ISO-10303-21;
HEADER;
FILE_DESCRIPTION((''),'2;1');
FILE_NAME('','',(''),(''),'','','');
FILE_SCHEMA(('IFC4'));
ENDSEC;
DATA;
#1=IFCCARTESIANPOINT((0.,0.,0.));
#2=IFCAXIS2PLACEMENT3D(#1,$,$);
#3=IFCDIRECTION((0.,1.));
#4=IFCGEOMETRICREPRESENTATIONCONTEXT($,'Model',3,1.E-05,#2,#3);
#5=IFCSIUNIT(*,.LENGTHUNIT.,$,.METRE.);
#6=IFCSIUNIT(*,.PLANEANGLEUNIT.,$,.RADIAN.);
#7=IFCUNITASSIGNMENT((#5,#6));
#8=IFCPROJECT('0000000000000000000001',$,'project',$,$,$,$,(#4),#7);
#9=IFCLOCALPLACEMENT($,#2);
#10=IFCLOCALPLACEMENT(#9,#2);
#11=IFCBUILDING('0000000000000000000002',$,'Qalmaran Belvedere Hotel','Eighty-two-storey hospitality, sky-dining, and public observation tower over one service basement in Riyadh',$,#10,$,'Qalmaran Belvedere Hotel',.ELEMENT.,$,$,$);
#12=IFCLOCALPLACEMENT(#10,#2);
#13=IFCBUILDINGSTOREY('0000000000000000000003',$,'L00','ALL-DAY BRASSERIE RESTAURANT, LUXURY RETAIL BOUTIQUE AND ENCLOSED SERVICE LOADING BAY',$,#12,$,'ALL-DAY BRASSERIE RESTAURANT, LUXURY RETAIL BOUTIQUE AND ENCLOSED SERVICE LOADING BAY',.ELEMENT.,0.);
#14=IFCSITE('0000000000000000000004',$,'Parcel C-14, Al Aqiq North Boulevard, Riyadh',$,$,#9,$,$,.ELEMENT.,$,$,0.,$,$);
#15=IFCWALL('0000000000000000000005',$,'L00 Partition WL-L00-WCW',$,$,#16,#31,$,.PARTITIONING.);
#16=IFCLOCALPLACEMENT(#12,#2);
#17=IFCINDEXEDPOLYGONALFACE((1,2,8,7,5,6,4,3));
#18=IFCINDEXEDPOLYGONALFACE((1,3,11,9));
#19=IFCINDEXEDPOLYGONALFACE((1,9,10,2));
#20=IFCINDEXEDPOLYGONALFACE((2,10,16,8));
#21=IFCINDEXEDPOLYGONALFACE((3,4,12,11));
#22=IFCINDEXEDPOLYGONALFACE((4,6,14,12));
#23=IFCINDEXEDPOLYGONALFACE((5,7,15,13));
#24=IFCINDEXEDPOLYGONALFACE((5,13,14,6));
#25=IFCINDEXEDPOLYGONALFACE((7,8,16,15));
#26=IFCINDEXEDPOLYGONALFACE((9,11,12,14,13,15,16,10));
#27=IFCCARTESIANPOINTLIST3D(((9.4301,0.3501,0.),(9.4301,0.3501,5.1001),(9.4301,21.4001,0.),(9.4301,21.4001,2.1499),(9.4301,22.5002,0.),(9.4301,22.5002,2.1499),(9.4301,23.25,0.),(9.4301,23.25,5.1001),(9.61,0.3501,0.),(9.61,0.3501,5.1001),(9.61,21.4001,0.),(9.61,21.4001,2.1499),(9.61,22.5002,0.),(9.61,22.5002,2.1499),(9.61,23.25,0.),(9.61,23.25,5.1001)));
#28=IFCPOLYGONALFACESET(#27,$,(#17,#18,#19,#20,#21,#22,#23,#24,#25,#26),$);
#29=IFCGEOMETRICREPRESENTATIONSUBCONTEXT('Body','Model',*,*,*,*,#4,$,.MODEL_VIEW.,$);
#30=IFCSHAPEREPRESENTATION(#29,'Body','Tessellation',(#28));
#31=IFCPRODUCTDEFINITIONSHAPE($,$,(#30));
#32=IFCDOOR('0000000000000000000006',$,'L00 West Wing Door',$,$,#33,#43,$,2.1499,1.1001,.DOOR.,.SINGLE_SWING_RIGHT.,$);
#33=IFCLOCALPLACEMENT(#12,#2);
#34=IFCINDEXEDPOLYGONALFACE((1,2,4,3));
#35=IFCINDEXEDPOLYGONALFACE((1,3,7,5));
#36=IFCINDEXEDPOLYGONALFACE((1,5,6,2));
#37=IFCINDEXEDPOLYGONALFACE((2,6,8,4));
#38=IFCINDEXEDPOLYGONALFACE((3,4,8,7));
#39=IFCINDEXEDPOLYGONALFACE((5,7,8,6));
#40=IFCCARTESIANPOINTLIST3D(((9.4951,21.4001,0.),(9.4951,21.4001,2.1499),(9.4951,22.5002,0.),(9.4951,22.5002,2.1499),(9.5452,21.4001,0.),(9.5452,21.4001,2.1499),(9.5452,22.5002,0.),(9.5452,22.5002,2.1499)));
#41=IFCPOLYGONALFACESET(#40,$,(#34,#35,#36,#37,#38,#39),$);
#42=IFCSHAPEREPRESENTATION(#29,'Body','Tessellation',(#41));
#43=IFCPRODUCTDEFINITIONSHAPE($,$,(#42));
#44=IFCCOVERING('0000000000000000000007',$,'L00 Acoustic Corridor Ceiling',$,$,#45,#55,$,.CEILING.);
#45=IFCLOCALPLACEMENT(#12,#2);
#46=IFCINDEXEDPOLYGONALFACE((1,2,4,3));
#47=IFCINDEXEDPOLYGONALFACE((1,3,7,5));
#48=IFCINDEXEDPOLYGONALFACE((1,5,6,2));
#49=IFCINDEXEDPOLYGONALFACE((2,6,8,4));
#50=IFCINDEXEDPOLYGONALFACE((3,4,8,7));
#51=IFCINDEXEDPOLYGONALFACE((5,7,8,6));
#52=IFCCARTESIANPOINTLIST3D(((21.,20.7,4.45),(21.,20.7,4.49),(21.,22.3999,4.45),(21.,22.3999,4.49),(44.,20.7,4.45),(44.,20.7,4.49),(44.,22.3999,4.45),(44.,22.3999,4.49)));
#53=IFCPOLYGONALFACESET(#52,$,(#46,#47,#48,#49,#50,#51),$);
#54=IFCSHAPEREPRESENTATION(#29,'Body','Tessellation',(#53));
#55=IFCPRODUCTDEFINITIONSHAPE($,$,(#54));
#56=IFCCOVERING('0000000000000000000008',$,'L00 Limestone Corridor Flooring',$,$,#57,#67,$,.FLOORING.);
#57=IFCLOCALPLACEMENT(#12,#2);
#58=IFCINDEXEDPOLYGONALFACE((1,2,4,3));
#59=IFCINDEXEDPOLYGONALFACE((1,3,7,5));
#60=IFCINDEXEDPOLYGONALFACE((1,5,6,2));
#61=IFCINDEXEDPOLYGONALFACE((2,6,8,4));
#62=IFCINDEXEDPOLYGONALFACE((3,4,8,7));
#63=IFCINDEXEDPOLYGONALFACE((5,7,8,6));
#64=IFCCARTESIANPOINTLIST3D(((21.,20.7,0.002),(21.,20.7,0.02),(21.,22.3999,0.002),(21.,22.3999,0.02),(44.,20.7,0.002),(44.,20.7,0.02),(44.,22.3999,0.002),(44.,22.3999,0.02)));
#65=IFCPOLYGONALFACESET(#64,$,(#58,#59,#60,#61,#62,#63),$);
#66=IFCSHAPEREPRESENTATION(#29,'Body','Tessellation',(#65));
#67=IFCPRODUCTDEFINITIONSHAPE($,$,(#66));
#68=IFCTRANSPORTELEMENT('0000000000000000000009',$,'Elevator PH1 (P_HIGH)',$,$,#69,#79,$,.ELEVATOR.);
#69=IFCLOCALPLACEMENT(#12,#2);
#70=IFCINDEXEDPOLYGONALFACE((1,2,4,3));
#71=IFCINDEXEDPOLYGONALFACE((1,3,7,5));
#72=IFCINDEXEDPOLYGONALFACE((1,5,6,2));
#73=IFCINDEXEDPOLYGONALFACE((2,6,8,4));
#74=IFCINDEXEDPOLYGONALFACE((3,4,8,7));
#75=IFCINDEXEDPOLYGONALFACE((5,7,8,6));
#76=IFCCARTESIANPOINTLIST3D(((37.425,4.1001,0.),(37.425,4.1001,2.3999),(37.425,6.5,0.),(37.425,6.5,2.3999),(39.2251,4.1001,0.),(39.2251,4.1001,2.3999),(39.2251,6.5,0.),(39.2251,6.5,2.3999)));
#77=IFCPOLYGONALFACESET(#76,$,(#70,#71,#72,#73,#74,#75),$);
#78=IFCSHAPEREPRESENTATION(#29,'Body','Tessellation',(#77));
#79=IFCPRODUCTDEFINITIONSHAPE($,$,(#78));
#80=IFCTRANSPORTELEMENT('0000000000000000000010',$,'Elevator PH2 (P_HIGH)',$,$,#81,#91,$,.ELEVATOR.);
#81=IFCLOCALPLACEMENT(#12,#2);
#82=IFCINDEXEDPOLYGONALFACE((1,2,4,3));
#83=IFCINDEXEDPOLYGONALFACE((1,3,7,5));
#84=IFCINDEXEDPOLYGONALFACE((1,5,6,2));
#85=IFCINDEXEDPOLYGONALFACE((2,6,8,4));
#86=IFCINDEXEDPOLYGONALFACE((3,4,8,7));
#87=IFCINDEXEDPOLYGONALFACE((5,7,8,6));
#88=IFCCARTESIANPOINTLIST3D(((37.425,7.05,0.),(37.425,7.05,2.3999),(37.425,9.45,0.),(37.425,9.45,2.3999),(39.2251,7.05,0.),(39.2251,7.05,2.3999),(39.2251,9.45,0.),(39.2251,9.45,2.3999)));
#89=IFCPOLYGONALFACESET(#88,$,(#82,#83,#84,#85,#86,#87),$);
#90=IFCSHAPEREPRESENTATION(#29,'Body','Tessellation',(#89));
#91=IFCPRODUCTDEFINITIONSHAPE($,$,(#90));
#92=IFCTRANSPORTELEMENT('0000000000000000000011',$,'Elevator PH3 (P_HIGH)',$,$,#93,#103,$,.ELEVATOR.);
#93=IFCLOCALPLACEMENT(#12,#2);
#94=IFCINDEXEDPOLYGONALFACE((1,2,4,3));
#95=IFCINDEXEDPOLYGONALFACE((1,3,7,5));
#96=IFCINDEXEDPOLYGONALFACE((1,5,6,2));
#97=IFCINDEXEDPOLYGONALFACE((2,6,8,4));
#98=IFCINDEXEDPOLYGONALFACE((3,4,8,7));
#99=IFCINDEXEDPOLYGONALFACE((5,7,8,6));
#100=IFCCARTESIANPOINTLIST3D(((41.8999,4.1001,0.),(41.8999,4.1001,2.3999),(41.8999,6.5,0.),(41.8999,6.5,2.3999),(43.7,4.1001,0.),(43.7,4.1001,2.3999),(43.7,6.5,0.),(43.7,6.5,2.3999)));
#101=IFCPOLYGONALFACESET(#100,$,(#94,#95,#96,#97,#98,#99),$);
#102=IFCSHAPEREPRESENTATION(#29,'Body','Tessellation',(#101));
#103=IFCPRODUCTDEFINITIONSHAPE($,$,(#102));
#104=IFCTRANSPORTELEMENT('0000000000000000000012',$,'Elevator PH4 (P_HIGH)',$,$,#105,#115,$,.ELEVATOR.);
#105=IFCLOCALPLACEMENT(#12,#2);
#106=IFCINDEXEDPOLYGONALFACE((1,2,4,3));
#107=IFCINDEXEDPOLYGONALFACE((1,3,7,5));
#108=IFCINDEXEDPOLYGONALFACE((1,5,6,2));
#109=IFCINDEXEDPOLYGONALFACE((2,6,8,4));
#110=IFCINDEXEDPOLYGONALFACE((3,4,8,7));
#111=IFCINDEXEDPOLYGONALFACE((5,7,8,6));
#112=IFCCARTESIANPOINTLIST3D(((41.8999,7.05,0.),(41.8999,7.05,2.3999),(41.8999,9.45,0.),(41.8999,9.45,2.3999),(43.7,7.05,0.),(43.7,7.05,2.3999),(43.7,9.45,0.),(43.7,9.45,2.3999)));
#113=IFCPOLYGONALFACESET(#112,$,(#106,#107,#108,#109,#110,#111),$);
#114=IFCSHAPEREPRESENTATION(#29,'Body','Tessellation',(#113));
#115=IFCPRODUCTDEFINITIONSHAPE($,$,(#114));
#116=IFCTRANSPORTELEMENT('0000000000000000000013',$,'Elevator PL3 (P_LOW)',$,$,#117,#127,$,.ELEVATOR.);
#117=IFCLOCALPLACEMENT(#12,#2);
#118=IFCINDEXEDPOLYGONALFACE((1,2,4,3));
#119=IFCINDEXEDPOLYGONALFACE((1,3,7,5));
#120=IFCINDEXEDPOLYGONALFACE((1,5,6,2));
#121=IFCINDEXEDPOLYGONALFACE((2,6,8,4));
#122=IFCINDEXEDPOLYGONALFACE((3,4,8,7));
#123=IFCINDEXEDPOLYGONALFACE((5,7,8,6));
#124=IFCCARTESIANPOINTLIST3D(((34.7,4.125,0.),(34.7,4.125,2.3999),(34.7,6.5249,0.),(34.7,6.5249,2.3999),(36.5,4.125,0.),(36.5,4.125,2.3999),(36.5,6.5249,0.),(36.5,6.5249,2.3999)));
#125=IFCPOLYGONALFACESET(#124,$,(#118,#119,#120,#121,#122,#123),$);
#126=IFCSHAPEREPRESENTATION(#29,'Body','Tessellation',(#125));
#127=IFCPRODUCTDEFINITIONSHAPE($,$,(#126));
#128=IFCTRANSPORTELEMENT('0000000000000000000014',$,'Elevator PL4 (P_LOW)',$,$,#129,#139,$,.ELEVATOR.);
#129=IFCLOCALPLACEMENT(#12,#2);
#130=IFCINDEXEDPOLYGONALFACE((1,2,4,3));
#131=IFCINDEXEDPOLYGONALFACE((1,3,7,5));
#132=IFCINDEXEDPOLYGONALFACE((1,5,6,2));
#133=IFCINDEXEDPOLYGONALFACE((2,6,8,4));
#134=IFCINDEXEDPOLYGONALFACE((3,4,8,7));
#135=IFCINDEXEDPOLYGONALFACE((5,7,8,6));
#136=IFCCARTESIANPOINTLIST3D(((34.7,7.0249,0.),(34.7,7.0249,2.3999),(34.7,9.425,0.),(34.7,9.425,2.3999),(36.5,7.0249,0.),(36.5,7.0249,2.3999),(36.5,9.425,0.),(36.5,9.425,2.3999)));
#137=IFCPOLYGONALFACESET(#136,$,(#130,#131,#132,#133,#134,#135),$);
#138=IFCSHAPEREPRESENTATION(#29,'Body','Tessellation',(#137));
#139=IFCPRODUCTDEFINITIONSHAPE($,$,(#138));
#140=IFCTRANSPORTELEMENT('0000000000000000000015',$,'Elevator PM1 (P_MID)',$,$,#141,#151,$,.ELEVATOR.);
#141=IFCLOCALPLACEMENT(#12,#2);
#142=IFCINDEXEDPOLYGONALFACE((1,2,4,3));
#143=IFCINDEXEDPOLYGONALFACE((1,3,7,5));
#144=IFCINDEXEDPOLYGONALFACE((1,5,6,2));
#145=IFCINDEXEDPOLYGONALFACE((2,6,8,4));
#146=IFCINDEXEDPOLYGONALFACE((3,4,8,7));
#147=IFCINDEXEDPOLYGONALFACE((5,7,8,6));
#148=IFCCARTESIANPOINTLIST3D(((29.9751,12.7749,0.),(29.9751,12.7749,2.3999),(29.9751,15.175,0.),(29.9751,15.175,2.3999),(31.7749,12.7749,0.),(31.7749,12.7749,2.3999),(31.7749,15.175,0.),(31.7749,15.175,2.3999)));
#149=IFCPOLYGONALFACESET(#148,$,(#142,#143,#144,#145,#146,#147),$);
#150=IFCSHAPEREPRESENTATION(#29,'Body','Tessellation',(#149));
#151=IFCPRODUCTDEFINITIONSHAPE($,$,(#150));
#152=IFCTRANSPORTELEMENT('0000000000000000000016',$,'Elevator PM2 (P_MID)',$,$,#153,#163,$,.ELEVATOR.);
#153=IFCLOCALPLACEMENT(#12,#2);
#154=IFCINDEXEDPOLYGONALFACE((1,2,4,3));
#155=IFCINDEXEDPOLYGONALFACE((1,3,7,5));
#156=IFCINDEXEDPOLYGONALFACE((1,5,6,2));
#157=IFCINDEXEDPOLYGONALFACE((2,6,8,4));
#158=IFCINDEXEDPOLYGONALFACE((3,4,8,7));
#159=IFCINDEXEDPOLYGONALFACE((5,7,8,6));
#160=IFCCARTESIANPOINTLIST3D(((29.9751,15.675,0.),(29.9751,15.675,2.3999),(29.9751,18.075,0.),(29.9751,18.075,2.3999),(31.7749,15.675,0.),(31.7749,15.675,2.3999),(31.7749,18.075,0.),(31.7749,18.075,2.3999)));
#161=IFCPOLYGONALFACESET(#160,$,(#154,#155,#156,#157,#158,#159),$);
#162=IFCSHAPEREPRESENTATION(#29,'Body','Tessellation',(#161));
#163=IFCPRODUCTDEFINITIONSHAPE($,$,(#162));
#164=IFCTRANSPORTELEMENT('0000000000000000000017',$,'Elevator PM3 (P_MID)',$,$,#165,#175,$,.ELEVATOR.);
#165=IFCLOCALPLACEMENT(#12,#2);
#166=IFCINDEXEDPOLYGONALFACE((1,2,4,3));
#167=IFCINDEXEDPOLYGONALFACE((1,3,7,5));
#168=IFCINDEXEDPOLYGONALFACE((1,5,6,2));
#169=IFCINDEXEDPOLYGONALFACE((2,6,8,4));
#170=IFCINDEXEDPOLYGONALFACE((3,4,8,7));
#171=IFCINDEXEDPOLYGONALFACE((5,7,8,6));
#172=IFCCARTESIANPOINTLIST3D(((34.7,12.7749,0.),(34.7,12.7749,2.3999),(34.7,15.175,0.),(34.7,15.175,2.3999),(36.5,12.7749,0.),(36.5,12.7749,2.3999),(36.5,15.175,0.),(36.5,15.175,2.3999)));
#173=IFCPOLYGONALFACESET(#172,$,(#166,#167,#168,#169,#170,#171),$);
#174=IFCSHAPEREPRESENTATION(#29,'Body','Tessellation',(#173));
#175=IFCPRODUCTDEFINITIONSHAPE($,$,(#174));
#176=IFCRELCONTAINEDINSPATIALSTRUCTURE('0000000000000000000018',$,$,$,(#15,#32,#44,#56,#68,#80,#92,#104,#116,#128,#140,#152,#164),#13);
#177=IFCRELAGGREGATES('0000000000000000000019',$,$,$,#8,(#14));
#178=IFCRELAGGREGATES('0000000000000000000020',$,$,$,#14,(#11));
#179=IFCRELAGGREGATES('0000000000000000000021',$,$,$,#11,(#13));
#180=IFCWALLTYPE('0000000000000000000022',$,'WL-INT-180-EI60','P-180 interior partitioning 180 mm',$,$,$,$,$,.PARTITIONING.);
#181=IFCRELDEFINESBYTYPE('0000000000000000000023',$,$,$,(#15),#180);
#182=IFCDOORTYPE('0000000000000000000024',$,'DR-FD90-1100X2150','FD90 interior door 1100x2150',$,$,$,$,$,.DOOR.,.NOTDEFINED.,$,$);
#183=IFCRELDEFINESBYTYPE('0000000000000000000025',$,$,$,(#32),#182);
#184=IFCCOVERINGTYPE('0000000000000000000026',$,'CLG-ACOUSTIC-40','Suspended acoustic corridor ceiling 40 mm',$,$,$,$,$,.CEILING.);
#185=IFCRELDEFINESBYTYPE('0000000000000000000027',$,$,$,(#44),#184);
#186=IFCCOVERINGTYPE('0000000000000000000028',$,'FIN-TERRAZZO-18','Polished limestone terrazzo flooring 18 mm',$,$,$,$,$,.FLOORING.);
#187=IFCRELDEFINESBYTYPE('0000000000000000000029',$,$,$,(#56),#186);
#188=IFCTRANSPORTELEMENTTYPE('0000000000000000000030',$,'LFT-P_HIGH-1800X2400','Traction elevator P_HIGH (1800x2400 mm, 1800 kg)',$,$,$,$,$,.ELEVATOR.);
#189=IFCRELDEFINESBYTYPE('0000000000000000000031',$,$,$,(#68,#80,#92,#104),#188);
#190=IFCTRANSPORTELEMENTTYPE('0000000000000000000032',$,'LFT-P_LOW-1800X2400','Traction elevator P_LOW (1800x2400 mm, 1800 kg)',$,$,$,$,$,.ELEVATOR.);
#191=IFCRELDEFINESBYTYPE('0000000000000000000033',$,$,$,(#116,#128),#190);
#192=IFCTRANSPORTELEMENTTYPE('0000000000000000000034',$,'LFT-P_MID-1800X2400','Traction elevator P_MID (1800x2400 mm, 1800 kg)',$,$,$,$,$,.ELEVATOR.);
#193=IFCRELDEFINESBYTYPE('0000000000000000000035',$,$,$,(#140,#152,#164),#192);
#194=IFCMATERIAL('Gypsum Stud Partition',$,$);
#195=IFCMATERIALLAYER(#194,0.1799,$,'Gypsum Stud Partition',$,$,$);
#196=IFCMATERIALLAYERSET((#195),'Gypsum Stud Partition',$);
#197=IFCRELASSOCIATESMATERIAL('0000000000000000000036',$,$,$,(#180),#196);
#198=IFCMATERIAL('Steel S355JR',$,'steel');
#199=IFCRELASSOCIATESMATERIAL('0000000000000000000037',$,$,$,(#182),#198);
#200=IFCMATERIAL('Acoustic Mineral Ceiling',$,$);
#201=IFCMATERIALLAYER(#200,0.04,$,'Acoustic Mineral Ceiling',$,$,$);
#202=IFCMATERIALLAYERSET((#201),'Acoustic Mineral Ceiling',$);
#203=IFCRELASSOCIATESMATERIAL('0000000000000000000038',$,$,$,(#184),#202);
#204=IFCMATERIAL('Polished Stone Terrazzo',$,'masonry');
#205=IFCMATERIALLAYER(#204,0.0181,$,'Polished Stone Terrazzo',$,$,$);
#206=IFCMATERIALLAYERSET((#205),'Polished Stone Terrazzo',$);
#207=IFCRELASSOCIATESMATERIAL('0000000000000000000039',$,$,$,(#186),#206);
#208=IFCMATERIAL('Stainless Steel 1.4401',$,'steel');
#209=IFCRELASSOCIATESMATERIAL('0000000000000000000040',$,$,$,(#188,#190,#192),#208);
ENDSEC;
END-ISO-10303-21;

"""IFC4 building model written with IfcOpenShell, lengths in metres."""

from ifc_helpers import new_model, si_unit, direction, frame, frame_2d, origin, place, context, subcontext, project, spatial, polyline, rectangle, outline, extrude, material, layer, layer_set, type_object, element, fill, save


model = new_model("IFC4")

# Units and contexts
model_context = context("Model", 3, precision=1e-05, world=origin(), true_north=direction((0.0, 1.0)))
body_context = subcontext(model_context, "Body", "Model", "MODEL_VIEW")
ifc_project = project(units=[si_unit("LENGTHUNIT", "METRE"), si_unit("PLANEANGLEUNIT", "RADIAN")], contexts=[model_context])

# Site, building, storey
site_placement = place(None, origin())
site = spatial("IfcSite", under=ifc_project, at=site_placement, Name="Parcel C-14, Al Aqiq North Boulevard, Riyadh", CompositionType="ELEMENT", RefElevation=0.0)
building_placement = place(site_placement, origin())
building = spatial("IfcBuilding", under=site, at=building_placement, Name="Qalmaran Belvedere Hotel", Description="Eighty-two-storey hospitality, sky-dining, and public observation tower over one service basement in Riyadh", LongName="Qalmaran Belvedere Hotel", CompositionType="ELEMENT")
storey_placement = place(building_placement, origin())
storey = spatial("IfcBuildingStorey", under=building, at=storey_placement, Name="L00", Description="ALL-DAY BRASSERIE RESTAURANT, LUXURY RETAIL BOUTIQUE AND ENCLOSED SERVICE LOADING BAY", LongName="ALL-DAY BRASSERIE RESTAURANT, LUXURY RETAIL BOUTIQUE AND ENCLOSED SERVICE LOADING BAY", CompositionType="ELEMENT", Elevation=0.0)

# Shared definitions
ifc_material_1 = material(Name="Steel S355JR", Category="steel")

# Shared definitions
ifc_material_2 = material(Name="Gypsum Stud Partition")

# Wall, opening, door
ifc_layer_1 = layer(ifc_material_2, 0.1799, Name="Gypsum Stud Partition")
ifc_layer_set_1 = layer_set([ifc_layer_1], Name="Gypsum Stud Partition")
wall_type_1 = type_object("IfcWallType", Name="WL-INT-180-EI60", Description="P-180 interior partitioning 180 mm", PredefinedType="PARTITIONING", material=ifc_layer_set_1)
wall_1_placement = place(storey_placement, frame((9.52, 0.3501, 0.0), z_axis=(0.0, 0.0, 1.0), x_axis=(0.0, 1.0, 0.0)))
wall_1 = element("IfcWall", 1, at=wall_1_placement, inside=storey, type_object=wall_type_1, Name="L00 Partition WL-L00-WCW", PredefinedType="PARTITIONING", context=body_context, shape_type="SweptSolid", body=[
    extrude(rectangle(XDim=22.8999, YDim=0.1799, at=frame_2d((11.45, 0.0))), origin(), (0.0, 0.0, 1.0), 5.1001),
])
opening_placement = place(wall_1_placement, frame((21.05, 0.0, 0.0)))
opening = element("IfcOpeningElement", 2, at=opening_placement, cuts=wall_1, PredefinedType="OPENING", context=body_context, shape_type="SweptSolid", body=[
    extrude(rectangle(XDim=1.1001, YDim=2.1499, at=frame_2d((0.55, 1.075))), frame((0.0, 0.1001, 0.0), z_axis=(0.0, -1.0, 0.0), x_axis=(1.0, 0.0, 0.0)), (0.0, 0.0, 1.0), 0.2),
])
door_type = type_object("IfcDoorType", Name="DR-FD90-1100X2150", Description="FD90 interior door 1100x2150", OperationType="NOTDEFINED", PredefinedType="DOOR", material=ifc_material_1)
door_placement = place(opening_placement, origin())
door = element("IfcDoor", 3, at=door_placement, inside=storey, type_object=door_type, Name="L00 West Wing Door", OperationType="SINGLE_SWING_RIGHT", OverallHeight=2.1499, OverallWidth=1.1001, PredefinedType="DOOR", context=body_context, shape_type="SweptSolid", body=[
    extrude(rectangle(XDim=1.1001, YDim=2.1499, at=frame_2d((0.55, 1.075))), frame((0.0, 0.0249, 0.0), z_axis=(0.0, -1.0, 0.0), x_axis=(1.0, 0.0, 0.0)), (0.0, 0.0, 1.0), 0.05),
])
fill(opening, door)

# Coverings
ifc_material_3 = material(Name="Acoustic Mineral Ceiling")
ifc_layer_2 = layer(ifc_material_3, 0.04, Name="Acoustic Mineral Ceiling")
ifc_layer_set_2 = layer_set([ifc_layer_2], Name="Acoustic Mineral Ceiling")
covering_type_1 = type_object("IfcCoveringType", Name="CLG-ACOUSTIC-40", Description="Suspended acoustic corridor ceiling 40 mm", PredefinedType="CEILING", material=ifc_layer_set_2)
covering_1_placement = place(storey_placement, frame((0.0, 0.0, 4.45)))
element("IfcCovering", 4, at=covering_1_placement, inside=storey, type_object=covering_type_1, Name="L00 Acoustic Corridor Ceiling", PredefinedType="CEILING", context=body_context, shape_type="SweptSolid", body=[
    extrude(outline(polyline([(21.0, 20.7), (44.0, 20.7), (44.0, 22.3999), (21.0, 22.3999), (21.0, 20.7)])), origin(), (0.0, 0.0, 1.0), 0.04),
])
ifc_material_4 = material(Name="Polished Stone Terrazzo", Category="masonry")
ifc_layer_3 = layer(ifc_material_4, 0.0181, Name="Polished Stone Terrazzo")
ifc_layer_set_3 = layer_set([ifc_layer_3], Name="Polished Stone Terrazzo")
covering_type_2 = type_object("IfcCoveringType", Name="FIN-TERRAZZO-18", Description="Polished limestone terrazzo flooring 18 mm", PredefinedType="FLOORING", material=ifc_layer_set_3)
covering_2_placement = place(storey_placement, frame((0.0, 0.0, 0.002)))
element("IfcCovering", 5, at=covering_2_placement, inside=storey, type_object=covering_type_2, Name="L00 Limestone Corridor Flooring", PredefinedType="FLOORING", context=body_context, shape_type="SweptSolid", body=[
    extrude(outline(polyline([(21.0, 20.7), (44.0, 20.7), (44.0, 22.3999), (21.0, 22.3999), (21.0, 20.7)])), origin(), (0.0, 0.0, 1.0), 0.0181),
])

# Transport elements
ifc_material_5 = material(Name="Stainless Steel 1.4401", Category="steel")
transport_element_type_1 = type_object("IfcTransportElementType", Name="LFT-P_HIGH-1800X2400", Description="Traction elevator P_HIGH (1800x2400 mm, 1800 kg)", PredefinedType="ELEVATOR", material=ifc_material_5)
transport_element_1_placement = place(storey_placement, origin())
element("IfcTransportElement", 6, at=transport_element_1_placement, inside=storey, type_object=transport_element_type_1, Name="Elevator PH1 (P_HIGH)", PredefinedType="ELEVATOR", context=body_context, shape_type="SweptSolid", body=[
    extrude(outline(polyline([(37.425, 4.1001), (39.2251, 4.1001), (39.2251, 6.5), (37.425, 6.5), (37.425, 4.1001)])), origin(), (0.0, 0.0, 1.0), 2.3999),
])
transport_element_2_placement = place(storey_placement, origin())
element("IfcTransportElement", 7, at=transport_element_2_placement, inside=storey, type_object=transport_element_type_1, Name="Elevator PH2 (P_HIGH)", PredefinedType="ELEVATOR", context=body_context, shape_type="SweptSolid", body=[
    extrude(outline(polyline([(37.425, 7.05), (39.2251, 7.05), (39.2251, 9.45), (37.425, 9.45), (37.425, 7.05)])), origin(), (0.0, 0.0, 1.0), 2.3999),
])
transport_element_3_placement = place(storey_placement, origin())
element("IfcTransportElement", 8, at=transport_element_3_placement, inside=storey, type_object=transport_element_type_1, Name="Elevator PH3 (P_HIGH)", PredefinedType="ELEVATOR", context=body_context, shape_type="SweptSolid", body=[
    extrude(outline(polyline([(41.8999, 4.1001), (43.7, 4.1001), (43.7, 6.5), (41.8999, 6.5), (41.8999, 4.1001)])), origin(), (0.0, 0.0, 1.0), 2.3999),
])
transport_element_4_placement = place(storey_placement, origin())
element("IfcTransportElement", 9, at=transport_element_4_placement, inside=storey, type_object=transport_element_type_1, Name="Elevator PH4 (P_HIGH)", PredefinedType="ELEVATOR", context=body_context, shape_type="SweptSolid", body=[
    extrude(outline(polyline([(41.8999, 7.05), (43.7, 7.05), (43.7, 9.45), (41.8999, 9.45), (41.8999, 7.05)])), origin(), (0.0, 0.0, 1.0), 2.3999),
])
transport_element_type_2 = type_object("IfcTransportElementType", Name="LFT-P_LOW-1800X2400", Description="Traction elevator P_LOW (1800x2400 mm, 1800 kg)", PredefinedType="ELEVATOR", material=ifc_material_5)
transport_element_5_placement = place(storey_placement, origin())
element("IfcTransportElement", 10, at=transport_element_5_placement, inside=storey, type_object=transport_element_type_2, Name="Elevator PL3 (P_LOW)", PredefinedType="ELEVATOR", context=body_context, shape_type="SweptSolid", body=[
    extrude(outline(polyline([(34.7, 4.125), (36.5, 4.125), (36.5, 6.5249), (34.7, 6.5249), (34.7, 4.125)])), origin(), (0.0, 0.0, 1.0), 2.3999),
])
transport_element_6_placement = place(storey_placement, origin())
element("IfcTransportElement", 11, at=transport_element_6_placement, inside=storey, type_object=transport_element_type_2, Name="Elevator PL4 (P_LOW)", PredefinedType="ELEVATOR", context=body_context, shape_type="SweptSolid", body=[
    extrude(outline(polyline([(34.7, 7.0249), (36.5, 7.0249), (36.5, 9.425), (34.7, 9.425), (34.7, 7.0249)])), origin(), (0.0, 0.0, 1.0), 2.3999),
])
transport_element_type_3 = type_object("IfcTransportElementType", Name="LFT-P_MID-1800X2400", Description="Traction elevator P_MID (1800x2400 mm, 1800 kg)", PredefinedType="ELEVATOR", material=ifc_material_5)
transport_element_7_placement = place(storey_placement, origin())
element("IfcTransportElement", 12, at=transport_element_7_placement, inside=storey, type_object=transport_element_type_3, Name="Elevator PM1 (P_MID)", PredefinedType="ELEVATOR", context=body_context, shape_type="SweptSolid", body=[
    extrude(outline(polyline([(29.9751, 12.7749), (31.7749, 12.7749), (31.7749, 15.175), (29.9751, 15.175), (29.9751, 12.7749)])), origin(), (0.0, 0.0, 1.0), 2.3999),
])
transport_element_8_placement = place(storey_placement, origin())
element("IfcTransportElement", 13, at=transport_element_8_placement, inside=storey, type_object=transport_element_type_3, Name="Elevator PM2 (P_MID)", PredefinedType="ELEVATOR", context=body_context, shape_type="SweptSolid", body=[
    extrude(outline(polyline([(29.9751, 15.675), (31.7749, 15.675), (31.7749, 18.075), (29.9751, 18.075), (29.9751, 15.675)])), origin(), (0.0, 0.0, 1.0), 2.3999),
])
transport_element_9_placement = place(storey_placement, origin())
element("IfcTransportElement", 14, at=transport_element_9_placement, inside=storey, type_object=transport_element_type_3, Name="Elevator PM3 (P_MID)", PredefinedType="ELEVATOR", context=body_context, shape_type="SweptSolid", body=[
    extrude(outline(polyline([(34.7, 12.7749), (36.5, 12.7749), (36.5, 15.175), (34.7, 15.175), (34.7, 12.7749)])), origin(), (0.0, 0.0, 1.0), 2.3999),
])

save(model, "model.ifc")
